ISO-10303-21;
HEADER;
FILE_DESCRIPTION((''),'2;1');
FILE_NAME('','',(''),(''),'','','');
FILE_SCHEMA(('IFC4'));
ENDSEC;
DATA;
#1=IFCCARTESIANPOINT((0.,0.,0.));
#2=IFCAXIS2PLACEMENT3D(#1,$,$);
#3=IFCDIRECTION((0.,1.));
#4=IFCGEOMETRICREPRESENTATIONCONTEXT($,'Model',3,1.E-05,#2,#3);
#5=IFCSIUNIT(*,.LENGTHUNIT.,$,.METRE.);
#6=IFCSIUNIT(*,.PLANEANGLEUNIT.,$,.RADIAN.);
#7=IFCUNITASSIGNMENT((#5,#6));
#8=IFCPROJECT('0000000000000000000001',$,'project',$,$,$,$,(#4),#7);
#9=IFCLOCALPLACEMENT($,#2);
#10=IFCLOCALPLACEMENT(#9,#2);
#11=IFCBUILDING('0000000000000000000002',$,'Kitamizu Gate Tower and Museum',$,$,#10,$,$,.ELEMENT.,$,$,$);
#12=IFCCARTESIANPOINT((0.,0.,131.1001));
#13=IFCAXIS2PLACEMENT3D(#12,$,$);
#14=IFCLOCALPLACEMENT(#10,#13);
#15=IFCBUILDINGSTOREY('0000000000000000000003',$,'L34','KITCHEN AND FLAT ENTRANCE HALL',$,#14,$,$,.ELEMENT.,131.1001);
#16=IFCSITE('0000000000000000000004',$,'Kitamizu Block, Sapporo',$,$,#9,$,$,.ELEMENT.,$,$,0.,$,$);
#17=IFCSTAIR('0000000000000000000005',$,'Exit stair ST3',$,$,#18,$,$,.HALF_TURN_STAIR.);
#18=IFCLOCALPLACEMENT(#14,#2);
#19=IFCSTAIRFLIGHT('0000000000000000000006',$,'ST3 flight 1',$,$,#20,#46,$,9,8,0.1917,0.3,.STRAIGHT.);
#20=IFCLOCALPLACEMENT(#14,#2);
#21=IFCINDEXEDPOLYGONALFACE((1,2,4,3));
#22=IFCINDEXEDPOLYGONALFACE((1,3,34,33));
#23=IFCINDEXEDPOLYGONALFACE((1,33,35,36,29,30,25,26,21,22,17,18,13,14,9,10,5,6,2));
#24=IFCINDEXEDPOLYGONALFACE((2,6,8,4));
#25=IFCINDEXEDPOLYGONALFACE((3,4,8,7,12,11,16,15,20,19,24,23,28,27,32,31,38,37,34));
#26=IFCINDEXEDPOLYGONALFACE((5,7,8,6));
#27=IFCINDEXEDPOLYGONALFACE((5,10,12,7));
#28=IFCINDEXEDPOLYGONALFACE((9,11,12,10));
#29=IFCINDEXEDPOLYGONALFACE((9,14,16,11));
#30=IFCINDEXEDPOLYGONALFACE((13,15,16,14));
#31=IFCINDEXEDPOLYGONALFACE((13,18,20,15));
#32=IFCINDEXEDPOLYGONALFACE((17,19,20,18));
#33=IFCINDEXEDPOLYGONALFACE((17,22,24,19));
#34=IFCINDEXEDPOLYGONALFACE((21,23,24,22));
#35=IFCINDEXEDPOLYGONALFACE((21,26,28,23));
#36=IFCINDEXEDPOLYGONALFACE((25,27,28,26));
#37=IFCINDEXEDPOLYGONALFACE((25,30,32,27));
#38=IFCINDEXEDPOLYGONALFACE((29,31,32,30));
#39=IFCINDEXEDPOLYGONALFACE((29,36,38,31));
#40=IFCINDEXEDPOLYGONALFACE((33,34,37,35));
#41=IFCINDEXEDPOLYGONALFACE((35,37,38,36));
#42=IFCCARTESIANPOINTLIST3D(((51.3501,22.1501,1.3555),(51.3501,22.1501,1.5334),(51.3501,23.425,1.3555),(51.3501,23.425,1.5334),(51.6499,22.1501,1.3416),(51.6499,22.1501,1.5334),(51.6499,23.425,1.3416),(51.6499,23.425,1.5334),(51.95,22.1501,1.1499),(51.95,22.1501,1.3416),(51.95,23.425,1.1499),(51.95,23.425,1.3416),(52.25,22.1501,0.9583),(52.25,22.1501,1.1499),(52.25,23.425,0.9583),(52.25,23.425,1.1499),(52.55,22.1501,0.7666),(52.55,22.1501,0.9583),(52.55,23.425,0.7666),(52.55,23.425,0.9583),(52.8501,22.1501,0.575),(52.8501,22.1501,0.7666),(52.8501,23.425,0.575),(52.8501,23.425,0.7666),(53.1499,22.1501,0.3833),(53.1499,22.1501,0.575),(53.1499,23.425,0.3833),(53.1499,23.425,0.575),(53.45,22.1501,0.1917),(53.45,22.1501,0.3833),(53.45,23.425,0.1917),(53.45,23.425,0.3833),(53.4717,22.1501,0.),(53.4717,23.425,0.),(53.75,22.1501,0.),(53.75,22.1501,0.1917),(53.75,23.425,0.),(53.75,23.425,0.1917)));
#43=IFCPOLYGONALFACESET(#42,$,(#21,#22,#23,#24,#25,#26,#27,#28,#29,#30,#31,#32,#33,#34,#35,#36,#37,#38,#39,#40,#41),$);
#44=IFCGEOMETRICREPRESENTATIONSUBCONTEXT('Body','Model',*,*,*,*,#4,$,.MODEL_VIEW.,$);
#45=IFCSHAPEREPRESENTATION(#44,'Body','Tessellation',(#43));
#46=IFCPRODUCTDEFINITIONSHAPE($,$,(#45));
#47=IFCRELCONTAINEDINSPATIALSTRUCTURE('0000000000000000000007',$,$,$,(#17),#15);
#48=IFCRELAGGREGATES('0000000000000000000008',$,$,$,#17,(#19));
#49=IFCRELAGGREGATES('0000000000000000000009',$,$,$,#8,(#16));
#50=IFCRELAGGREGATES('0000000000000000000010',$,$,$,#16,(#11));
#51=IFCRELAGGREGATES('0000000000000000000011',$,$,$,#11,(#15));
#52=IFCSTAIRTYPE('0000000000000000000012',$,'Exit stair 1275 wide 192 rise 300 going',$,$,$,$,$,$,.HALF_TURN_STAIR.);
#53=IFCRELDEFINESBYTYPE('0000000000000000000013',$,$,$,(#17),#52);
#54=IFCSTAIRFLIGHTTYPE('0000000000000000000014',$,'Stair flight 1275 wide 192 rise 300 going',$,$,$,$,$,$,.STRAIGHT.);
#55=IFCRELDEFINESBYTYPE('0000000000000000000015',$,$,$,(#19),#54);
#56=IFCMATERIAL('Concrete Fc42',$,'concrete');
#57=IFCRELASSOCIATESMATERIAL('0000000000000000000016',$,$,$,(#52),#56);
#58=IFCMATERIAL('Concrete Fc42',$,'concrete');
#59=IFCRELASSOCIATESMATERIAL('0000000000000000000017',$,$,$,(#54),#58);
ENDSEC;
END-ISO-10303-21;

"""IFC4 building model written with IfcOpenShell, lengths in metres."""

from ifc_helpers import new_model, si_unit, direction, frame, origin, place, context, subcontext, project, spatial, polyline, outline, extrude, material, type_object, element, aggregate, save


model = new_model("IFC4")

# Units and contexts
model_context = context("Model", 3, precision=1e-05, world=origin(), true_north=direction((0.0, 1.0)))
body_context = subcontext(model_context, "Body", "Model", "MODEL_VIEW")
ifc_project = project(units=[si_unit("LENGTHUNIT", "METRE"), si_unit("PLANEANGLEUNIT", "RADIAN")], contexts=[model_context])

# Site, building, storey
site_placement = place(None, origin())
site = spatial("IfcSite", under=ifc_project, at=site_placement, Name="Kitamizu Block, Sapporo", CompositionType="ELEMENT", RefElevation=0.0)
building_placement = place(site_placement, origin())
building = spatial("IfcBuilding", under=site, at=building_placement, Name="Kitamizu Gate Tower and Museum", CompositionType="ELEMENT")
storey_placement = place(building_placement, frame((0.0, 0.0, 131.1001)))
storey = spatial("IfcBuildingStorey", under=building, at=storey_placement, Name="L34", Description="KITCHEN AND FLAT ENTRANCE HALL", CompositionType="ELEMENT", Elevation=131.1001)

# Stair, stair flight
ifc_material_1 = material(Name="Concrete Fc42", Category="concrete")
stair_type = type_object("IfcStairType", Name="Exit stair 1275 wide 192 rise 300 going", PredefinedType="HALF_TURN_STAIR", material=ifc_material_1)
stair_placement = place(storey_placement, origin())
stair = element("IfcStair", 1, at=stair_placement, inside=storey, type_object=stair_type, Name="Exit stair ST3", PredefinedType="HALF_TURN_STAIR")
ifc_material_2 = material(Name="Concrete Fc42", Category="concrete")
stair_flight_type = type_object("IfcStairFlightType", Name="Stair flight 1275 wide 192 rise 300 going", PredefinedType="STRAIGHT", material=ifc_material_2)
stair_flight_placement = place(storey_placement, frame((53.75, 22.7876, 0.0), z_axis=(0.0, 0.0, 1.0), x_axis=(-1.0, 0.0, 0.0)))
stair_flight = element("IfcStairFlight", 2, at=stair_flight_placement, type_object=stair_flight_type, Name="ST3 flight 1", NumberOfRisers=9, NumberOfTreads=8, PredefinedType="STRAIGHT", RiserHeight=0.1917, TreadLength=0.3, context=body_context, shape_type="SweptSolid", body=[
    extrude(outline(polyline([(0.0, 0.0), (0.0, 0.1917), (0.3, 0.1917), (0.3, 0.3833), (0.6001, 0.3833), (0.6001, 0.575), (0.8999, 0.575), (0.8999, 0.7666), (1.2, 0.7666), (1.2, 0.9583), (1.5, 0.9583), (1.5, 1.1499), (1.8, 1.1499), (1.8, 1.3416), (2.1001, 1.3416), (2.1001, 1.5334), (2.3999, 1.5334), (2.3999, 1.7251), (2.3999, 1.3555), (0.2783, 0.0), (0.0, 0.0)])), frame((0.0, 0.6375, 0.0), z_axis=(0.0, -1.0, 0.0), x_axis=(1.0, 0.0, 0.0)), (0.0, 0.0, 1.0), 1.2749),
])
aggregate(stair, [stair_flight])

save(model, "model.ifc")
